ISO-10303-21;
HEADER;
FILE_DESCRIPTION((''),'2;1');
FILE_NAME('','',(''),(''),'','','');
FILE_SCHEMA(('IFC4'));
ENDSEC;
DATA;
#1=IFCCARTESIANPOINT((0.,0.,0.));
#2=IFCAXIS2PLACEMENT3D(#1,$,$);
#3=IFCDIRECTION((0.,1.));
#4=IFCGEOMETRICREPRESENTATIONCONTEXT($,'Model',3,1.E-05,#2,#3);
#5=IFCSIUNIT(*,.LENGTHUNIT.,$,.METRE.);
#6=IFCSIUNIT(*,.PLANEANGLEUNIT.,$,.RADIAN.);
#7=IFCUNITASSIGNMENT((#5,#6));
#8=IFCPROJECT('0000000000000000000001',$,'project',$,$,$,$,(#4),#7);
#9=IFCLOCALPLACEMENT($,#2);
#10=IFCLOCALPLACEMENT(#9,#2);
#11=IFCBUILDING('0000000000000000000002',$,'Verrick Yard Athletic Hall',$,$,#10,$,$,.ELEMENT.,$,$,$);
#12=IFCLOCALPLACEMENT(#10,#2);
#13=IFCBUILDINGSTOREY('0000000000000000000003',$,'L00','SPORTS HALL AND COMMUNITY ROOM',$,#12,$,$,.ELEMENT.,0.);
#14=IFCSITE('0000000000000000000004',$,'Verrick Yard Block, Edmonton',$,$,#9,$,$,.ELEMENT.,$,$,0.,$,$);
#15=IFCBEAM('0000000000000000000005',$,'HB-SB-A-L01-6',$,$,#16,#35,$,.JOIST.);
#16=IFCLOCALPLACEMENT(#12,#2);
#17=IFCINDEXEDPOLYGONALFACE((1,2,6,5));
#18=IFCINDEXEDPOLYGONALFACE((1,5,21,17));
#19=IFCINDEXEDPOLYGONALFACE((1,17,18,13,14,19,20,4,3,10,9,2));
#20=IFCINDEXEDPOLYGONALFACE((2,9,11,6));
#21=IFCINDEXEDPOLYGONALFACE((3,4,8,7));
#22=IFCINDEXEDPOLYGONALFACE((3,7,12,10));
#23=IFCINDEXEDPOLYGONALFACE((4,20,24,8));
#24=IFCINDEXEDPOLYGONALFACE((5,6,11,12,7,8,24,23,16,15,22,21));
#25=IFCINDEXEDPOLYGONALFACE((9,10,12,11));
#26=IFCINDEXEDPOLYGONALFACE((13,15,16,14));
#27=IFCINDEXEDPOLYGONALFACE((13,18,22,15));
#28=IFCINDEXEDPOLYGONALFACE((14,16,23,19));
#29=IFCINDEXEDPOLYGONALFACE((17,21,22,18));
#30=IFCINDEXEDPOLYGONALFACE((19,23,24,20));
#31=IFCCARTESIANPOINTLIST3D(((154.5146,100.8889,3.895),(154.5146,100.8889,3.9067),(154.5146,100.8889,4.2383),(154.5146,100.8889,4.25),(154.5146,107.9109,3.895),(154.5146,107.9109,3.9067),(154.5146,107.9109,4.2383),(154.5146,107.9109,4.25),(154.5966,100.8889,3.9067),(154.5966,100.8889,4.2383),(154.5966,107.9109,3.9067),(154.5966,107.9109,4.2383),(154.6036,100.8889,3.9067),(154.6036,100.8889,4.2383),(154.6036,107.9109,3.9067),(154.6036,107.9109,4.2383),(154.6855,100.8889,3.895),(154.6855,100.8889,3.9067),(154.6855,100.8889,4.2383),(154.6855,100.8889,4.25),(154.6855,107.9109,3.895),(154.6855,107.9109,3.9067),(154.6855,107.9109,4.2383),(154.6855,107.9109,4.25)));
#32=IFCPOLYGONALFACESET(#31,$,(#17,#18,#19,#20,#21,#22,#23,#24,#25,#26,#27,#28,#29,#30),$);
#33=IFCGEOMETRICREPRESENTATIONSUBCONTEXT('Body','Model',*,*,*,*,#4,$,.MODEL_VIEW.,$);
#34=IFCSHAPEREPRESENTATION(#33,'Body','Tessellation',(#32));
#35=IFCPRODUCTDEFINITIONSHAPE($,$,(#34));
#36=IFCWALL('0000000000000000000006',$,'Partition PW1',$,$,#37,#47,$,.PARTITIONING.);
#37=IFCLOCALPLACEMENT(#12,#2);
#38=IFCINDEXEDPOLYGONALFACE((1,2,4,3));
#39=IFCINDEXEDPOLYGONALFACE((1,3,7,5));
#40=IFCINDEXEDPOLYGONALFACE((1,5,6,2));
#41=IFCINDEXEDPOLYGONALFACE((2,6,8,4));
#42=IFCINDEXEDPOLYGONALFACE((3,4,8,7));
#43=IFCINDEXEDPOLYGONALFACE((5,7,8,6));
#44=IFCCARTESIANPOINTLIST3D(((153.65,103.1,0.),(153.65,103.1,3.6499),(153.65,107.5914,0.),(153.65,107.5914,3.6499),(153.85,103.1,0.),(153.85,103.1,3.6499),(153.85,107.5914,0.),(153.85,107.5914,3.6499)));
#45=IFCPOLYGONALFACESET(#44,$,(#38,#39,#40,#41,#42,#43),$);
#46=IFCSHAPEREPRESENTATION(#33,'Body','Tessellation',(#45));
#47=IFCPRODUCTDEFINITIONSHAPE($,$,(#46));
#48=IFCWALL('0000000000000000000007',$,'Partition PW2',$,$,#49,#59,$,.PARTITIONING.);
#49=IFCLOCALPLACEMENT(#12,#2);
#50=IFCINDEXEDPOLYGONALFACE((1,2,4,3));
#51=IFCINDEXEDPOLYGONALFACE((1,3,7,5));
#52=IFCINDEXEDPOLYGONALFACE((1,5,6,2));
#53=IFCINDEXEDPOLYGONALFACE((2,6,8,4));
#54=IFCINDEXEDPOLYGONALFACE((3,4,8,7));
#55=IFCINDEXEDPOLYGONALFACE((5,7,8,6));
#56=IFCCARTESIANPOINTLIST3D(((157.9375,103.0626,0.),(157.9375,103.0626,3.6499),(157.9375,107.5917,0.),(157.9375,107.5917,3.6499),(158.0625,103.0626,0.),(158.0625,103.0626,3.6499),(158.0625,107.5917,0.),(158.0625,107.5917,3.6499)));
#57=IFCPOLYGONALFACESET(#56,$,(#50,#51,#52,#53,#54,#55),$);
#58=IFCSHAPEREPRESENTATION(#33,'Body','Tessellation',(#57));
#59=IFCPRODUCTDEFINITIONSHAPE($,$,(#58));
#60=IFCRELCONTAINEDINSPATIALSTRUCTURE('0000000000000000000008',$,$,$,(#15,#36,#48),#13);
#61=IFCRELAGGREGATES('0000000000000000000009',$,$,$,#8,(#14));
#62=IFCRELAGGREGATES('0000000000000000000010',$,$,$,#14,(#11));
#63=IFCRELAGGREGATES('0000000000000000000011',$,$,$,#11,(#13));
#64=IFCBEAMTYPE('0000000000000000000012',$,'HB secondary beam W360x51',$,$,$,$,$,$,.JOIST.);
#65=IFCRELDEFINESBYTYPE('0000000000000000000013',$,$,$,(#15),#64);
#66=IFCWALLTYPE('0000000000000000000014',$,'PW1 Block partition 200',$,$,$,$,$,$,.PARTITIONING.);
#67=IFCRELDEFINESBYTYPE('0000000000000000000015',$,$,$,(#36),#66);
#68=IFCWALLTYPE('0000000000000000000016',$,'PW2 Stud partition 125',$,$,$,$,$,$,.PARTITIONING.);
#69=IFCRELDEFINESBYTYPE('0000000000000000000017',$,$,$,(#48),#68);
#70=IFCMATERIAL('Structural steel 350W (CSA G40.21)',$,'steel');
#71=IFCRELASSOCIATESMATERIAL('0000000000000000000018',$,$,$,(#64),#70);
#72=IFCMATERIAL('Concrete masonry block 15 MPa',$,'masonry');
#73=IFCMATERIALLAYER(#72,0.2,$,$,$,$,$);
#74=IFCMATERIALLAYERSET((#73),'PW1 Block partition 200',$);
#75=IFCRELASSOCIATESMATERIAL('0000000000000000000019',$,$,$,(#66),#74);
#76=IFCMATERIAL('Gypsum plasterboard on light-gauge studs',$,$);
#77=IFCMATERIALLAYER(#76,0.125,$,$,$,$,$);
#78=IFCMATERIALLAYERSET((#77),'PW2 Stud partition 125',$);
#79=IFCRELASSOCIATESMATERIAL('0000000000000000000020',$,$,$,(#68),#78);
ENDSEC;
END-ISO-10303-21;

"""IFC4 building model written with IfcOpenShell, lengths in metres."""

from ifc_helpers import new_model, si_unit, direction, frame, frame_2d, origin, origin_2d, place, context, subcontext, project, spatial, rectangle, i_section, extrude, material, layer, layer_set, material_profile, profile_set, type_object, element, save


model = new_model("IFC4")

# Units and contexts
model_context = context("Model", 3, precision=1e-05, world=origin(), true_north=direction((0.0, 1.0)))
body_context = subcontext(model_context, "Body", "Model", "MODEL_VIEW")
ifc_project = project(units=[si_unit("LENGTHUNIT", "METRE"), si_unit("PLANEANGLEUNIT", "RADIAN")], contexts=[model_context])

# Site, building, storey
site_placement = place(None, origin())
site = spatial("IfcSite", under=ifc_project, at=site_placement, Name="Verrick Yard Block, Edmonton", CompositionType="ELEMENT", RefElevation=0.0)
building_placement = place(site_placement, origin())
building = spatial("IfcBuilding", under=site, at=building_placement, Name="Verrick Yard Athletic Hall", CompositionType="ELEMENT")
storey_placement = place(building_placement, origin())
storey = spatial("IfcBuildingStorey", under=building, at=storey_placement, Name="L00", Description="SPORTS HALL AND COMMUNITY ROOM", CompositionType="ELEMENT", Elevation=0.0)

# Shared definitions
ifc_material_1 = material(Name="Structural steel 350W (CSA G40.21)", Category="steel")

# Beam
ifc_material_profile_1 = material_profile(ifc_material_1, i_section(OverallWidth=0.1709, OverallDepth=0.355, WebThickness=0.0071, FlangeThickness=0.0117, at=origin_2d()), Name="W360x51")
ifc_profile_set_1 = profile_set([ifc_material_profile_1], Name="Structural steel 350W (CSA G40.21)")
beam_type_1 = type_object("IfcBeamType", Name="HB secondary beam W360x51", PredefinedType="JOIST", material=ifc_profile_set_1)
beam_placement = place(storey_placement, frame((154.6001, 100.8889, 4.0725), z_axis=(0.0, 1.0, 0.0), x_axis=(-1.0, 0.0, 0.0)))
element("IfcBeam", 1, at=beam_placement, inside=storey, type_object=beam_type_1, Name="HB-SB-A-L01-6", PredefinedType="JOIST", context=body_context, shape_type="SweptSolid", body=[
    extrude(i_section(OverallWidth=0.1709, OverallDepth=0.355, WebThickness=0.0071, FlangeThickness=0.0117, at=origin_2d()), origin(), (0.0, 0.0, 1.0), 7.022),
])

# Walls
ifc_material_2 = material(Name="Concrete masonry block 15 MPa", Category="masonry")
ifc_layer_1 = layer(ifc_material_2, 0.2)
ifc_layer_set_1 = layer_set([ifc_layer_1], Name="PW1 Block partition 200")
wall_type_1 = type_object("IfcWallType", Name="PW1 Block partition 200", PredefinedType="PARTITIONING", material=ifc_layer_set_1)
wall_1_placement = place(storey_placement, frame((153.75, 103.1001, 0.0), z_axis=(0.0, 0.0, 1.0), x_axis=(0.0, 1.0, 0.0)))
element("IfcWall", 2, at=wall_1_placement, inside=storey, type_object=wall_type_1, Name="Partition PW1", PredefinedType="PARTITIONING", context=body_context, shape_type="SweptSolid", body=[
    extrude(rectangle(XDim=4.4915, YDim=0.2, at=frame_2d((2.2456, 0.0))), origin(), (0.0, 0.0, 1.0), 3.6499),
])
ifc_material_3 = material(Name="Gypsum plasterboard on light-gauge studs")
ifc_layer_2 = layer(ifc_material_3, 0.125)
ifc_layer_set_2 = layer_set([ifc_layer_2], Name="PW2 Stud partition 125")
wall_type_2 = type_object("IfcWallType", Name="PW2 Stud partition 125", PredefinedType="PARTITIONING", material=ifc_layer_set_2)
wall_2_placement = place(storey_placement, frame((158.0, 103.0625, 0.0), z_axis=(0.0, 0.0, 1.0), x_axis=(0.0, 1.0, 0.0)))
element("IfcWall", 3, at=wall_2_placement, inside=storey, type_object=wall_type_2, Name="Partition PW2", PredefinedType="PARTITIONING", context=body_context, shape_type="SweptSolid", body=[
    extrude(rectangle(XDim=4.5291, YDim=0.125, at=frame_2d((2.2646, 0.0))), origin(), (0.0, 0.0, 1.0), 3.6499),
])

save(model, "model.ifc")
